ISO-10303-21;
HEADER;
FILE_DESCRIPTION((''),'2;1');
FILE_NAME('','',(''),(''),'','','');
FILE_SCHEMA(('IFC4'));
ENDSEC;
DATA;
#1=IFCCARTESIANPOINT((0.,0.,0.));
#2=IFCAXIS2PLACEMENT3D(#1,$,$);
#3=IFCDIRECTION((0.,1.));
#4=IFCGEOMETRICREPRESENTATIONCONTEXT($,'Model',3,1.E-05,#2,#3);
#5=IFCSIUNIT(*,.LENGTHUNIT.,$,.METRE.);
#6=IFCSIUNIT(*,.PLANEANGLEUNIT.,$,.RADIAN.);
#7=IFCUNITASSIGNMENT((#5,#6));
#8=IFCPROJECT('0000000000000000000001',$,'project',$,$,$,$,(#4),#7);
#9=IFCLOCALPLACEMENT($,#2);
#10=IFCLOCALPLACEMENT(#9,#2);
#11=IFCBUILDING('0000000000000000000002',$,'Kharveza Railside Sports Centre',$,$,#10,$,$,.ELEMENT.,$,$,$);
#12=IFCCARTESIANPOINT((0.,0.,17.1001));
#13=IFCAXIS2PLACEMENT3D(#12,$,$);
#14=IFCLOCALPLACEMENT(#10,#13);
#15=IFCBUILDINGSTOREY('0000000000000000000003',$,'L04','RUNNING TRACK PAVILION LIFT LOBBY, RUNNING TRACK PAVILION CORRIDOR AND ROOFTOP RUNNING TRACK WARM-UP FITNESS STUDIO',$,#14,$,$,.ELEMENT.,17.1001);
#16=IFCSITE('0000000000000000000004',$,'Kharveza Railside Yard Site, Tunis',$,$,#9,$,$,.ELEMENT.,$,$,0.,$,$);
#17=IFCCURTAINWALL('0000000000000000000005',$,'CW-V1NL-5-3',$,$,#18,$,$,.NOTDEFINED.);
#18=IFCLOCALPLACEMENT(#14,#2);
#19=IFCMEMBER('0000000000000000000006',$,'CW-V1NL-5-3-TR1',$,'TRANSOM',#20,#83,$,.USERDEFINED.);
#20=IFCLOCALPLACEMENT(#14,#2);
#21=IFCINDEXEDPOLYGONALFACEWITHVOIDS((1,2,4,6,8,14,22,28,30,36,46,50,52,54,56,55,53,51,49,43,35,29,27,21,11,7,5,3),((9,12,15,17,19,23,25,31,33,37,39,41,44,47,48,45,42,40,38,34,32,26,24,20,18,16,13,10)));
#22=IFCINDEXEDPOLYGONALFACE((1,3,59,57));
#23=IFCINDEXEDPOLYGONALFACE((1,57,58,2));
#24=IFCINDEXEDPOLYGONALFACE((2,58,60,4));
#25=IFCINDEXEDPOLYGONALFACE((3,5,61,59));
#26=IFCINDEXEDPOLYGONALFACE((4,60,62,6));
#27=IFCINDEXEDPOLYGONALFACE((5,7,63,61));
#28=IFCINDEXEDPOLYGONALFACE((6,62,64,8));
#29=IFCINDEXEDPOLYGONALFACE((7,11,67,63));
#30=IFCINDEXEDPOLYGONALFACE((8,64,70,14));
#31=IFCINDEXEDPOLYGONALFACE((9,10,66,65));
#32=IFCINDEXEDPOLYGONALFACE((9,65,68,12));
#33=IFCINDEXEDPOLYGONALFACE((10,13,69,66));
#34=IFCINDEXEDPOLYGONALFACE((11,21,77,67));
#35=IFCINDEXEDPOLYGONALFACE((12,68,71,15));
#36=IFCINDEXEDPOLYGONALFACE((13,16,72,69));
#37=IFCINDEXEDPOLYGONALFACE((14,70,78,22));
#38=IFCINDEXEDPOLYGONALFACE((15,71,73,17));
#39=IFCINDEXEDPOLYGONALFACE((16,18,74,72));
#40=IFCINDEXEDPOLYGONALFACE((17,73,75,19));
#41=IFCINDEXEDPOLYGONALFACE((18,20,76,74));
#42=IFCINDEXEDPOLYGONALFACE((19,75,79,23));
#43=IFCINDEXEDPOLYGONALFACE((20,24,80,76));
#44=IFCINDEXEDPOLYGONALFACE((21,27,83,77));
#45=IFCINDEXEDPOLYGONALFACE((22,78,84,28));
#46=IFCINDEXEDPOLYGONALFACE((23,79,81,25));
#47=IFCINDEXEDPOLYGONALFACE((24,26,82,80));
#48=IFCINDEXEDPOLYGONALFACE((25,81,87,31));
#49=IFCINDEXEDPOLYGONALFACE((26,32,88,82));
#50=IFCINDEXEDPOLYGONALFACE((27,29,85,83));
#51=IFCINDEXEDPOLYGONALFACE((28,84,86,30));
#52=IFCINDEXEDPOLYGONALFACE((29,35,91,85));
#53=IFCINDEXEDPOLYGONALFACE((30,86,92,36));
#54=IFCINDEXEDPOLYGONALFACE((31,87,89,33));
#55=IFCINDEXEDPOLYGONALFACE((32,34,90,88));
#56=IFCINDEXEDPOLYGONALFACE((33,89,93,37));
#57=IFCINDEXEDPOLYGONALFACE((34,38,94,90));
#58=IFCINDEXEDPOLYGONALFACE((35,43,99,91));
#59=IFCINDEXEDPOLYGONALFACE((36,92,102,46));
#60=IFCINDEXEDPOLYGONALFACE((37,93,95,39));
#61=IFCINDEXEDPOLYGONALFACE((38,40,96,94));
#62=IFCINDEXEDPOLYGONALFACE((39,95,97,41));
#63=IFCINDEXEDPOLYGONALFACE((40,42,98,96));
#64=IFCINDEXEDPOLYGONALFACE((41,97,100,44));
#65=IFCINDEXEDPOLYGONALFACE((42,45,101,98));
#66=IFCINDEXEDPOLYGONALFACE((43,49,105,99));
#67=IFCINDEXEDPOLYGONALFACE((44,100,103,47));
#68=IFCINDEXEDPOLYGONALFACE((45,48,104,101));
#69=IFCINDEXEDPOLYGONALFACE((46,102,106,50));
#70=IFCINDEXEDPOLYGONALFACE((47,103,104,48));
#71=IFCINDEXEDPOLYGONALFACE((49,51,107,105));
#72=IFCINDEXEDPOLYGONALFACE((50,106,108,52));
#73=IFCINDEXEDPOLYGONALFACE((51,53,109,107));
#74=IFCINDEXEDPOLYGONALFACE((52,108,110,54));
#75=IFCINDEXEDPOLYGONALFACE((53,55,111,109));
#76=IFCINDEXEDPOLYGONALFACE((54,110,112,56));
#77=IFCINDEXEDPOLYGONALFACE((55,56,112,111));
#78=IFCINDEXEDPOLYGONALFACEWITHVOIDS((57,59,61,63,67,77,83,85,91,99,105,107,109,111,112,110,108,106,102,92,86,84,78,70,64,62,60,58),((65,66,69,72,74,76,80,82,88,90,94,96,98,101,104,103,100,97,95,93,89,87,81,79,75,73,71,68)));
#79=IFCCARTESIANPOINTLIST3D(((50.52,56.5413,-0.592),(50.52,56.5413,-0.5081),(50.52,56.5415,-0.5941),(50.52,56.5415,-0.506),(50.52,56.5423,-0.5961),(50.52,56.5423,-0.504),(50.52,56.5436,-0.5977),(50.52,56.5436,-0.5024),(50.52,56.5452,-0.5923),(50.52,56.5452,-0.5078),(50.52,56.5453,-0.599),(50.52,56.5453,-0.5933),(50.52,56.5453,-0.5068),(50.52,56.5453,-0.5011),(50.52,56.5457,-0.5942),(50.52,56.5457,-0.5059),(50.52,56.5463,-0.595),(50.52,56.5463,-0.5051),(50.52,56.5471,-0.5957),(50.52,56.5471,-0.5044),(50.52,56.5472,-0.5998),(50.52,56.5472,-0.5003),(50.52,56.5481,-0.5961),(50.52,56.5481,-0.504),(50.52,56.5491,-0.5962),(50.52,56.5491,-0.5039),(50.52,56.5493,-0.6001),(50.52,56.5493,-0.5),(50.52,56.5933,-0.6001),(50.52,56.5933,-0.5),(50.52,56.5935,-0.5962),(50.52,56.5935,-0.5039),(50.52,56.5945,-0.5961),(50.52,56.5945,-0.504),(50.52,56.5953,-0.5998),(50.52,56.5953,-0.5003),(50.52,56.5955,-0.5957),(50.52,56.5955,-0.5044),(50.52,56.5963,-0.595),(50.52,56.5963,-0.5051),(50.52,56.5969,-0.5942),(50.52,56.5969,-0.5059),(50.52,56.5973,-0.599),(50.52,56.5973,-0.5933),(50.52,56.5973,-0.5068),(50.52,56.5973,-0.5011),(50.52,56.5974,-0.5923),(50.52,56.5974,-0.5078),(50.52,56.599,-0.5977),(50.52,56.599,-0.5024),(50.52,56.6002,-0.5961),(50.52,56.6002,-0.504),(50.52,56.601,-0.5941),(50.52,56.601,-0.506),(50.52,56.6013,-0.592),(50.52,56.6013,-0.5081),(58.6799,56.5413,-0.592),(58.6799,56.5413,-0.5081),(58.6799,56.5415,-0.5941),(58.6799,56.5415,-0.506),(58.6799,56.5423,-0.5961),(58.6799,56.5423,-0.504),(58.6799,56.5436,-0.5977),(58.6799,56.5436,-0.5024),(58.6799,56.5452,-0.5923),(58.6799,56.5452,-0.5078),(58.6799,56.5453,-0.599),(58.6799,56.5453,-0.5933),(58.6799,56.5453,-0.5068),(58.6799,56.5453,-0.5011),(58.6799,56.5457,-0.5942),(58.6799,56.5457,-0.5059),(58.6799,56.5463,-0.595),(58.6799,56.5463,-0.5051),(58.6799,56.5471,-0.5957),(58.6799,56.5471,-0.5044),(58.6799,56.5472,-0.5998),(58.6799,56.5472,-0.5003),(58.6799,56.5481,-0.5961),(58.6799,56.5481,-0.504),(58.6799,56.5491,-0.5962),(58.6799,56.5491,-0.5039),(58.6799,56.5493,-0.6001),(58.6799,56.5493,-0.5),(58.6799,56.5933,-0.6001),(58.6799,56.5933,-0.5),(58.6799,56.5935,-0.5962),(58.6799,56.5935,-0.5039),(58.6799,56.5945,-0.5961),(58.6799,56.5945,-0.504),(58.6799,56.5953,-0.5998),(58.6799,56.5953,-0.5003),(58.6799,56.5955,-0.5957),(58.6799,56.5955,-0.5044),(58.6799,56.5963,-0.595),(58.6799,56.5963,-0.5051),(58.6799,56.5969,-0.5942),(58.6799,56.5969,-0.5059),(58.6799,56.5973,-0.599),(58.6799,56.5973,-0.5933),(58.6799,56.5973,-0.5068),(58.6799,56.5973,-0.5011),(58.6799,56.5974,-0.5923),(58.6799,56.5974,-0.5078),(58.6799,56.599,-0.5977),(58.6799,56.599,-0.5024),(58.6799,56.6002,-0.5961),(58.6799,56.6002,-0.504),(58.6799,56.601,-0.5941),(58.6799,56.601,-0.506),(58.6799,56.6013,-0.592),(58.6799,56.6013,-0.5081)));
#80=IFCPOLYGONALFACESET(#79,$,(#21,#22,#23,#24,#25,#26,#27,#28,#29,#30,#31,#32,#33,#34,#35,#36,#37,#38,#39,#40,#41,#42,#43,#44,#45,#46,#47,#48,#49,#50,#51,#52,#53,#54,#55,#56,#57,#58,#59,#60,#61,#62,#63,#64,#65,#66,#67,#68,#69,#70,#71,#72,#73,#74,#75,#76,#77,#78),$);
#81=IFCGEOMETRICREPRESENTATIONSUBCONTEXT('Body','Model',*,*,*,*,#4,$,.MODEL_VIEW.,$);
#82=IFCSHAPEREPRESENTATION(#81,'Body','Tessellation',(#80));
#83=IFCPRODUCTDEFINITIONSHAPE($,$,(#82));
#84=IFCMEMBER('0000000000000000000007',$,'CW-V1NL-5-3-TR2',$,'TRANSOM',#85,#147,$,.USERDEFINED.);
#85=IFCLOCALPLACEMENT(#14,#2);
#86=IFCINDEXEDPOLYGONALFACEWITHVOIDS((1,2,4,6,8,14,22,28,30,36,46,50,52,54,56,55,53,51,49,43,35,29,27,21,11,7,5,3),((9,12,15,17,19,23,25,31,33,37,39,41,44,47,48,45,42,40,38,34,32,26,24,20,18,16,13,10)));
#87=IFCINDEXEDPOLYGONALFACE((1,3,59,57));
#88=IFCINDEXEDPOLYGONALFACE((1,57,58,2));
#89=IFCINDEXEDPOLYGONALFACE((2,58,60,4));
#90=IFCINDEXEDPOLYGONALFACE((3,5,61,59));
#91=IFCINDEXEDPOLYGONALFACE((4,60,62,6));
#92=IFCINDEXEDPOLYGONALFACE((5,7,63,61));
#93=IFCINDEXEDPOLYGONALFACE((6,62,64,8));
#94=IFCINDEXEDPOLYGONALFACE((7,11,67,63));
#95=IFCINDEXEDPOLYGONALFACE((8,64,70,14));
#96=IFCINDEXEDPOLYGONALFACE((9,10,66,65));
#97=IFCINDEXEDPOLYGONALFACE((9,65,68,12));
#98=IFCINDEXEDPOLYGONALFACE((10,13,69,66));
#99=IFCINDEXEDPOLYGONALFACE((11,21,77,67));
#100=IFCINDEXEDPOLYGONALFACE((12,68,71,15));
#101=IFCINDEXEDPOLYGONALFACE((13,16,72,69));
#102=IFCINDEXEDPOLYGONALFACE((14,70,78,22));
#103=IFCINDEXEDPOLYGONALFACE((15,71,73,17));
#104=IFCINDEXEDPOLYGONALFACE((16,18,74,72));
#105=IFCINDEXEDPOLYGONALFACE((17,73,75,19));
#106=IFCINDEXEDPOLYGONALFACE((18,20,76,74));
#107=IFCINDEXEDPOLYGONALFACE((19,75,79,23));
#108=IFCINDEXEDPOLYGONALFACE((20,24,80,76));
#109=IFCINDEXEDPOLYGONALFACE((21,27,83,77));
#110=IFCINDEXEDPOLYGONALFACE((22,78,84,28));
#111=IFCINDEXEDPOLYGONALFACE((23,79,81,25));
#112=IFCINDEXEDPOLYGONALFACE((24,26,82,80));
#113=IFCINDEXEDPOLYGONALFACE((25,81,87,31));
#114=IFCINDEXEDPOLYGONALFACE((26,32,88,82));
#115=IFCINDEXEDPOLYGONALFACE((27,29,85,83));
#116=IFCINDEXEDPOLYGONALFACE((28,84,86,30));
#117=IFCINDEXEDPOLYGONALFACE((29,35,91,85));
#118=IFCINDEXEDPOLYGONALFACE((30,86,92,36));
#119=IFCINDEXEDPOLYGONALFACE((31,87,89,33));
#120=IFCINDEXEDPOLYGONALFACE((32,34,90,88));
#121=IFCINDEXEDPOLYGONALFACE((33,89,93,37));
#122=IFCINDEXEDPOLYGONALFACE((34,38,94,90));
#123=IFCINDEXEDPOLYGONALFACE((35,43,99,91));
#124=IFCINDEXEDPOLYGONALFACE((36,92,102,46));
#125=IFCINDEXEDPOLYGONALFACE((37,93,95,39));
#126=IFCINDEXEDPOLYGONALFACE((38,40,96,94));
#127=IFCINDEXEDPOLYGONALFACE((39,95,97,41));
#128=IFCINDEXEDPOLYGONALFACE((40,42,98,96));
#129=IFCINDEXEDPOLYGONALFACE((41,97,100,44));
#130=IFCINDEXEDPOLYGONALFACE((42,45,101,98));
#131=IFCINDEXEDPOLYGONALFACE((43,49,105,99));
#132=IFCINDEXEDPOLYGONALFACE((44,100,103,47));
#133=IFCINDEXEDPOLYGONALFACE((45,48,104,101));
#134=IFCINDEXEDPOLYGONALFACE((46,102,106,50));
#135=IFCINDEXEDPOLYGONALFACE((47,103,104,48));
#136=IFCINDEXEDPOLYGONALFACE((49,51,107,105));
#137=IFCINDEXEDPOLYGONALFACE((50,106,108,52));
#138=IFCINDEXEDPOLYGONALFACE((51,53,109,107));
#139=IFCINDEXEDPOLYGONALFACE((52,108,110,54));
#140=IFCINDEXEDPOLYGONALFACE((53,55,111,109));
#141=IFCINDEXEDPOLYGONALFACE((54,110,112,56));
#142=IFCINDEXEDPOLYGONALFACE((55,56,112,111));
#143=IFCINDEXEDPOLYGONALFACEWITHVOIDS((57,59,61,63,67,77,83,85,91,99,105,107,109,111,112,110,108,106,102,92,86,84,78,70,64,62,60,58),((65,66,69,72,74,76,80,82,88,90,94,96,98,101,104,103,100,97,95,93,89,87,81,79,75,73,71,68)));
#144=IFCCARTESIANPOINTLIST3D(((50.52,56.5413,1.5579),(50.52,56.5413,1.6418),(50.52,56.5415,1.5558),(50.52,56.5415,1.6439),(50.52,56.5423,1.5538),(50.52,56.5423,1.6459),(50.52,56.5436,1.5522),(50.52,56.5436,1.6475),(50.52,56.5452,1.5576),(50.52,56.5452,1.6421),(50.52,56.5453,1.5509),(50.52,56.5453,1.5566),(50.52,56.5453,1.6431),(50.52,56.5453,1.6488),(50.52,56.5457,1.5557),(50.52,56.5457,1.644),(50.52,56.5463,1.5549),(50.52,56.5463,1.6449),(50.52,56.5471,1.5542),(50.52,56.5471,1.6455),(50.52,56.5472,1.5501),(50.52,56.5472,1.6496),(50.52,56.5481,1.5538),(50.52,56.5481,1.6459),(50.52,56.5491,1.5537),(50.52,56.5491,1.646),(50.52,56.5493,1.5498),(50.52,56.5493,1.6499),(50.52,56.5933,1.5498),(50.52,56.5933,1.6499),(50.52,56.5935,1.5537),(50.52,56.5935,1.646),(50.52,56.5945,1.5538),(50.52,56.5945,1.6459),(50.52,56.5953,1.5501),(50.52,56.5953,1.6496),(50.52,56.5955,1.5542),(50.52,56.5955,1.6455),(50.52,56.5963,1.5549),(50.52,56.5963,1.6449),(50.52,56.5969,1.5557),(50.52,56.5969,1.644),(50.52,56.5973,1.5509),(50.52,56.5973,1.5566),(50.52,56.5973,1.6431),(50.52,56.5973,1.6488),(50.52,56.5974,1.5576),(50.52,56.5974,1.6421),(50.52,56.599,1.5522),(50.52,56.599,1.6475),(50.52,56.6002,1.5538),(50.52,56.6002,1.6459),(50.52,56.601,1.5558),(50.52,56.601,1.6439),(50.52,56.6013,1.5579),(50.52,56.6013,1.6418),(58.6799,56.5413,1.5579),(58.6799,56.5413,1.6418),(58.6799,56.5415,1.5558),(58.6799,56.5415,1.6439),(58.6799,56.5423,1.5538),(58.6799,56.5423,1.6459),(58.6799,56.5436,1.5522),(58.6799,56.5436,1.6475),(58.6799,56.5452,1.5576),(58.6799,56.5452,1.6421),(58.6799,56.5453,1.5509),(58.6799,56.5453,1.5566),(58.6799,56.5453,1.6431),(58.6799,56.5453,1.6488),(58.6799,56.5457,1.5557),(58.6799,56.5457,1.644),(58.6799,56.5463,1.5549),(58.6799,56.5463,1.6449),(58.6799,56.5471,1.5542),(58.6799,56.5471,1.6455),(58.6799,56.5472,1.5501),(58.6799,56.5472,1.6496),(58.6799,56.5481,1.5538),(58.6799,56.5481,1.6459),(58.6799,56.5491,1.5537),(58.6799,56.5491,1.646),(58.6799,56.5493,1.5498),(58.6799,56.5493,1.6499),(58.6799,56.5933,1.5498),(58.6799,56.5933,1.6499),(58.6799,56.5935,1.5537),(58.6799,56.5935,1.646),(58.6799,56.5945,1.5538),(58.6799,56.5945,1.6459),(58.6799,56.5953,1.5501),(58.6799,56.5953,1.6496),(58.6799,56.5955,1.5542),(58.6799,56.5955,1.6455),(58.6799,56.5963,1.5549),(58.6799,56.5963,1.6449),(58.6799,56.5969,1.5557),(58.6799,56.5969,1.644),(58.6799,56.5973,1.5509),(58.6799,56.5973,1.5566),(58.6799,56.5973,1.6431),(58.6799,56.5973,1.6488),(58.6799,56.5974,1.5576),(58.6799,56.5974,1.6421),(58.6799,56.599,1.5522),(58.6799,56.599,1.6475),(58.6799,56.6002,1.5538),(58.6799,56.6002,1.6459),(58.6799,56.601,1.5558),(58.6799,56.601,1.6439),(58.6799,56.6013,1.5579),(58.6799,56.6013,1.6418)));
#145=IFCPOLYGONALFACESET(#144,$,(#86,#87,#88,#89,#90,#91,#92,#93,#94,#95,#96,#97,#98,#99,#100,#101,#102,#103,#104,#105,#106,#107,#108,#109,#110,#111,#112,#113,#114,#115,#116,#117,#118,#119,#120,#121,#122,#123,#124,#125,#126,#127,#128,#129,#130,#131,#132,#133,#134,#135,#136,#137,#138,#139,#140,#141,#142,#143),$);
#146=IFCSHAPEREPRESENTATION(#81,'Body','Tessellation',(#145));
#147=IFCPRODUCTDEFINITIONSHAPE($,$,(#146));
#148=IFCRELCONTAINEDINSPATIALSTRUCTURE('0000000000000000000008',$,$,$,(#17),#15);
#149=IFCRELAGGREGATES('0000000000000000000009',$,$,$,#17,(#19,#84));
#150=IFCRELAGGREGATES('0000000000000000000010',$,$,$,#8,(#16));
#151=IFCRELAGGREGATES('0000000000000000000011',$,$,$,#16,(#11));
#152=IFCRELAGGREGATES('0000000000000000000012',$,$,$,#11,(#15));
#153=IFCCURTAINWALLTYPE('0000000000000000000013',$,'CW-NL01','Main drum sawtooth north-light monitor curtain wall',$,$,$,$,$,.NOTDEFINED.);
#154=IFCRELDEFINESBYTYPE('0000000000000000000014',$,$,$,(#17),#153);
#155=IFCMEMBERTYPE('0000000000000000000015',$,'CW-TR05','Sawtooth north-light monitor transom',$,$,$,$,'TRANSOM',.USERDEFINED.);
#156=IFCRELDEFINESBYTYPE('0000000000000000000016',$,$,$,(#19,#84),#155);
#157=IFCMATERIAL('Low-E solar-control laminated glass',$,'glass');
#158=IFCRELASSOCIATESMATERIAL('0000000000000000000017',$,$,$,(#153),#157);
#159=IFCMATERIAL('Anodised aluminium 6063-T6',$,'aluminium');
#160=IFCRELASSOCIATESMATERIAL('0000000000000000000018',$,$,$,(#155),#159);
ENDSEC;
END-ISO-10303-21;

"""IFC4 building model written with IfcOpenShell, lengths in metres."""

from ifc_helpers import new_model, si_unit, direction, frame, origin, origin_2d, place, context, subcontext, project, spatial, hollow_rectangle, extrude, material, material_profile, profile_set, type_object, element, aggregate, save


model = new_model("IFC4")

# Units and contexts
model_context = context("Model", 3, precision=1e-05, world=origin(), true_north=direction((0.0, 1.0)))
body_context = subcontext(model_context, "Body", "Model", "MODEL_VIEW")
ifc_project = project(units=[si_unit("LENGTHUNIT", "METRE"), si_unit("PLANEANGLEUNIT", "RADIAN")], contexts=[model_context])

# Site, building, storey
site_placement = place(None, origin())
site = spatial("IfcSite", under=ifc_project, at=site_placement, Name="Kharveza Railside Yard Site, Tunis", CompositionType="ELEMENT", RefElevation=0.0)
building_placement = place(site_placement, origin())
building = spatial("IfcBuilding", under=site, at=building_placement, Name="Kharveza Railside Sports Centre", CompositionType="ELEMENT")
storey_placement = place(building_placement, frame((0.0, 0.0, 17.1001)))
storey = spatial("IfcBuildingStorey", under=building, at=storey_placement, Name="L04", Description="RUNNING TRACK PAVILION LIFT LOBBY, RUNNING TRACK PAVILION CORRIDOR AND ROOFTOP RUNNING TRACK WARM-UP FITNESS STUDIO", CompositionType="ELEMENT", Elevation=17.1001)

# Shared definitions
ifc_material_1 = material(Name="Low-E solar-control laminated glass", Category="glass")
curtain_wall_type = type_object("IfcCurtainWallType", Name="CW-NL01", Description="Main drum sawtooth north-light monitor curtain wall", PredefinedType="NOTDEFINED", material=ifc_material_1)
ifc_material_2 = material(Name="Anodised aluminium 6063-T6", Category="aluminium")

# Curtain wall
curtain_wall_1_placement = place(storey_placement, origin())
curtain_wall_1 = element("IfcCurtainWall", 1, at=curtain_wall_1_placement, inside=storey, type_object=curtain_wall_type, Name="CW-V1NL-5-3", PredefinedType="NOTDEFINED")

# Members
ifc_material_profile_1 = material_profile(ifc_material_2, hollow_rectangle(XDim=0.0601, YDim=0.1001, WallThickness=0.0039, InnerFilletRadius=0.0039, OuterFilletRadius=0.0081, at=origin_2d()), Name="RHS 60x100x4.0")
ifc_profile_set_1 = profile_set([ifc_material_profile_1], Name="Anodised aluminium 6063-T6")
member_type_1 = type_object("IfcMemberType", Name="CW-TR05", Description="Sawtooth north-light monitor transom", ElementType="TRANSOM", PredefinedType="USERDEFINED", material=ifc_profile_set_1)
member_1_placement = place(storey_placement, frame((50.52, 56.5713, -0.55), z_axis=(1.0, 0.0, 0.0), x_axis=(0.0, 1.0, 0.0)))
member_1 = element("IfcMember", 2, at=member_1_placement, type_object=member_type_1, Name="CW-V1NL-5-3-TR1", ObjectType="TRANSOM", PredefinedType="USERDEFINED", context=body_context, shape_type="SweptSolid", body=[
    extrude(hollow_rectangle(XDim=0.0601, YDim=0.1001, WallThickness=0.0039, InnerFilletRadius=0.0039, OuterFilletRadius=0.0081, at=origin_2d()), origin(), (0.0, 0.0, 1.0), 8.1599),
])
member_2_placement = place(storey_placement, frame((50.52, 56.5713, 1.5999), z_axis=(1.0, 0.0, 0.0), x_axis=(0.0, 1.0, 0.0)))
member_2 = element("IfcMember", 3, at=member_2_placement, type_object=member_type_1, Name="CW-V1NL-5-3-TR2", ObjectType="TRANSOM", PredefinedType="USERDEFINED", context=body_context, shape_type="SweptSolid", body=[
    extrude(hollow_rectangle(XDim=0.0601, YDim=0.1001, WallThickness=0.0039, InnerFilletRadius=0.0039, OuterFilletRadius=0.0081, at=origin_2d()), origin(), (0.0, 0.0, 1.0), 8.1599),
])

aggregate(curtain_wall_1, [member_1, member_2])

save(model, "model.ifc")
